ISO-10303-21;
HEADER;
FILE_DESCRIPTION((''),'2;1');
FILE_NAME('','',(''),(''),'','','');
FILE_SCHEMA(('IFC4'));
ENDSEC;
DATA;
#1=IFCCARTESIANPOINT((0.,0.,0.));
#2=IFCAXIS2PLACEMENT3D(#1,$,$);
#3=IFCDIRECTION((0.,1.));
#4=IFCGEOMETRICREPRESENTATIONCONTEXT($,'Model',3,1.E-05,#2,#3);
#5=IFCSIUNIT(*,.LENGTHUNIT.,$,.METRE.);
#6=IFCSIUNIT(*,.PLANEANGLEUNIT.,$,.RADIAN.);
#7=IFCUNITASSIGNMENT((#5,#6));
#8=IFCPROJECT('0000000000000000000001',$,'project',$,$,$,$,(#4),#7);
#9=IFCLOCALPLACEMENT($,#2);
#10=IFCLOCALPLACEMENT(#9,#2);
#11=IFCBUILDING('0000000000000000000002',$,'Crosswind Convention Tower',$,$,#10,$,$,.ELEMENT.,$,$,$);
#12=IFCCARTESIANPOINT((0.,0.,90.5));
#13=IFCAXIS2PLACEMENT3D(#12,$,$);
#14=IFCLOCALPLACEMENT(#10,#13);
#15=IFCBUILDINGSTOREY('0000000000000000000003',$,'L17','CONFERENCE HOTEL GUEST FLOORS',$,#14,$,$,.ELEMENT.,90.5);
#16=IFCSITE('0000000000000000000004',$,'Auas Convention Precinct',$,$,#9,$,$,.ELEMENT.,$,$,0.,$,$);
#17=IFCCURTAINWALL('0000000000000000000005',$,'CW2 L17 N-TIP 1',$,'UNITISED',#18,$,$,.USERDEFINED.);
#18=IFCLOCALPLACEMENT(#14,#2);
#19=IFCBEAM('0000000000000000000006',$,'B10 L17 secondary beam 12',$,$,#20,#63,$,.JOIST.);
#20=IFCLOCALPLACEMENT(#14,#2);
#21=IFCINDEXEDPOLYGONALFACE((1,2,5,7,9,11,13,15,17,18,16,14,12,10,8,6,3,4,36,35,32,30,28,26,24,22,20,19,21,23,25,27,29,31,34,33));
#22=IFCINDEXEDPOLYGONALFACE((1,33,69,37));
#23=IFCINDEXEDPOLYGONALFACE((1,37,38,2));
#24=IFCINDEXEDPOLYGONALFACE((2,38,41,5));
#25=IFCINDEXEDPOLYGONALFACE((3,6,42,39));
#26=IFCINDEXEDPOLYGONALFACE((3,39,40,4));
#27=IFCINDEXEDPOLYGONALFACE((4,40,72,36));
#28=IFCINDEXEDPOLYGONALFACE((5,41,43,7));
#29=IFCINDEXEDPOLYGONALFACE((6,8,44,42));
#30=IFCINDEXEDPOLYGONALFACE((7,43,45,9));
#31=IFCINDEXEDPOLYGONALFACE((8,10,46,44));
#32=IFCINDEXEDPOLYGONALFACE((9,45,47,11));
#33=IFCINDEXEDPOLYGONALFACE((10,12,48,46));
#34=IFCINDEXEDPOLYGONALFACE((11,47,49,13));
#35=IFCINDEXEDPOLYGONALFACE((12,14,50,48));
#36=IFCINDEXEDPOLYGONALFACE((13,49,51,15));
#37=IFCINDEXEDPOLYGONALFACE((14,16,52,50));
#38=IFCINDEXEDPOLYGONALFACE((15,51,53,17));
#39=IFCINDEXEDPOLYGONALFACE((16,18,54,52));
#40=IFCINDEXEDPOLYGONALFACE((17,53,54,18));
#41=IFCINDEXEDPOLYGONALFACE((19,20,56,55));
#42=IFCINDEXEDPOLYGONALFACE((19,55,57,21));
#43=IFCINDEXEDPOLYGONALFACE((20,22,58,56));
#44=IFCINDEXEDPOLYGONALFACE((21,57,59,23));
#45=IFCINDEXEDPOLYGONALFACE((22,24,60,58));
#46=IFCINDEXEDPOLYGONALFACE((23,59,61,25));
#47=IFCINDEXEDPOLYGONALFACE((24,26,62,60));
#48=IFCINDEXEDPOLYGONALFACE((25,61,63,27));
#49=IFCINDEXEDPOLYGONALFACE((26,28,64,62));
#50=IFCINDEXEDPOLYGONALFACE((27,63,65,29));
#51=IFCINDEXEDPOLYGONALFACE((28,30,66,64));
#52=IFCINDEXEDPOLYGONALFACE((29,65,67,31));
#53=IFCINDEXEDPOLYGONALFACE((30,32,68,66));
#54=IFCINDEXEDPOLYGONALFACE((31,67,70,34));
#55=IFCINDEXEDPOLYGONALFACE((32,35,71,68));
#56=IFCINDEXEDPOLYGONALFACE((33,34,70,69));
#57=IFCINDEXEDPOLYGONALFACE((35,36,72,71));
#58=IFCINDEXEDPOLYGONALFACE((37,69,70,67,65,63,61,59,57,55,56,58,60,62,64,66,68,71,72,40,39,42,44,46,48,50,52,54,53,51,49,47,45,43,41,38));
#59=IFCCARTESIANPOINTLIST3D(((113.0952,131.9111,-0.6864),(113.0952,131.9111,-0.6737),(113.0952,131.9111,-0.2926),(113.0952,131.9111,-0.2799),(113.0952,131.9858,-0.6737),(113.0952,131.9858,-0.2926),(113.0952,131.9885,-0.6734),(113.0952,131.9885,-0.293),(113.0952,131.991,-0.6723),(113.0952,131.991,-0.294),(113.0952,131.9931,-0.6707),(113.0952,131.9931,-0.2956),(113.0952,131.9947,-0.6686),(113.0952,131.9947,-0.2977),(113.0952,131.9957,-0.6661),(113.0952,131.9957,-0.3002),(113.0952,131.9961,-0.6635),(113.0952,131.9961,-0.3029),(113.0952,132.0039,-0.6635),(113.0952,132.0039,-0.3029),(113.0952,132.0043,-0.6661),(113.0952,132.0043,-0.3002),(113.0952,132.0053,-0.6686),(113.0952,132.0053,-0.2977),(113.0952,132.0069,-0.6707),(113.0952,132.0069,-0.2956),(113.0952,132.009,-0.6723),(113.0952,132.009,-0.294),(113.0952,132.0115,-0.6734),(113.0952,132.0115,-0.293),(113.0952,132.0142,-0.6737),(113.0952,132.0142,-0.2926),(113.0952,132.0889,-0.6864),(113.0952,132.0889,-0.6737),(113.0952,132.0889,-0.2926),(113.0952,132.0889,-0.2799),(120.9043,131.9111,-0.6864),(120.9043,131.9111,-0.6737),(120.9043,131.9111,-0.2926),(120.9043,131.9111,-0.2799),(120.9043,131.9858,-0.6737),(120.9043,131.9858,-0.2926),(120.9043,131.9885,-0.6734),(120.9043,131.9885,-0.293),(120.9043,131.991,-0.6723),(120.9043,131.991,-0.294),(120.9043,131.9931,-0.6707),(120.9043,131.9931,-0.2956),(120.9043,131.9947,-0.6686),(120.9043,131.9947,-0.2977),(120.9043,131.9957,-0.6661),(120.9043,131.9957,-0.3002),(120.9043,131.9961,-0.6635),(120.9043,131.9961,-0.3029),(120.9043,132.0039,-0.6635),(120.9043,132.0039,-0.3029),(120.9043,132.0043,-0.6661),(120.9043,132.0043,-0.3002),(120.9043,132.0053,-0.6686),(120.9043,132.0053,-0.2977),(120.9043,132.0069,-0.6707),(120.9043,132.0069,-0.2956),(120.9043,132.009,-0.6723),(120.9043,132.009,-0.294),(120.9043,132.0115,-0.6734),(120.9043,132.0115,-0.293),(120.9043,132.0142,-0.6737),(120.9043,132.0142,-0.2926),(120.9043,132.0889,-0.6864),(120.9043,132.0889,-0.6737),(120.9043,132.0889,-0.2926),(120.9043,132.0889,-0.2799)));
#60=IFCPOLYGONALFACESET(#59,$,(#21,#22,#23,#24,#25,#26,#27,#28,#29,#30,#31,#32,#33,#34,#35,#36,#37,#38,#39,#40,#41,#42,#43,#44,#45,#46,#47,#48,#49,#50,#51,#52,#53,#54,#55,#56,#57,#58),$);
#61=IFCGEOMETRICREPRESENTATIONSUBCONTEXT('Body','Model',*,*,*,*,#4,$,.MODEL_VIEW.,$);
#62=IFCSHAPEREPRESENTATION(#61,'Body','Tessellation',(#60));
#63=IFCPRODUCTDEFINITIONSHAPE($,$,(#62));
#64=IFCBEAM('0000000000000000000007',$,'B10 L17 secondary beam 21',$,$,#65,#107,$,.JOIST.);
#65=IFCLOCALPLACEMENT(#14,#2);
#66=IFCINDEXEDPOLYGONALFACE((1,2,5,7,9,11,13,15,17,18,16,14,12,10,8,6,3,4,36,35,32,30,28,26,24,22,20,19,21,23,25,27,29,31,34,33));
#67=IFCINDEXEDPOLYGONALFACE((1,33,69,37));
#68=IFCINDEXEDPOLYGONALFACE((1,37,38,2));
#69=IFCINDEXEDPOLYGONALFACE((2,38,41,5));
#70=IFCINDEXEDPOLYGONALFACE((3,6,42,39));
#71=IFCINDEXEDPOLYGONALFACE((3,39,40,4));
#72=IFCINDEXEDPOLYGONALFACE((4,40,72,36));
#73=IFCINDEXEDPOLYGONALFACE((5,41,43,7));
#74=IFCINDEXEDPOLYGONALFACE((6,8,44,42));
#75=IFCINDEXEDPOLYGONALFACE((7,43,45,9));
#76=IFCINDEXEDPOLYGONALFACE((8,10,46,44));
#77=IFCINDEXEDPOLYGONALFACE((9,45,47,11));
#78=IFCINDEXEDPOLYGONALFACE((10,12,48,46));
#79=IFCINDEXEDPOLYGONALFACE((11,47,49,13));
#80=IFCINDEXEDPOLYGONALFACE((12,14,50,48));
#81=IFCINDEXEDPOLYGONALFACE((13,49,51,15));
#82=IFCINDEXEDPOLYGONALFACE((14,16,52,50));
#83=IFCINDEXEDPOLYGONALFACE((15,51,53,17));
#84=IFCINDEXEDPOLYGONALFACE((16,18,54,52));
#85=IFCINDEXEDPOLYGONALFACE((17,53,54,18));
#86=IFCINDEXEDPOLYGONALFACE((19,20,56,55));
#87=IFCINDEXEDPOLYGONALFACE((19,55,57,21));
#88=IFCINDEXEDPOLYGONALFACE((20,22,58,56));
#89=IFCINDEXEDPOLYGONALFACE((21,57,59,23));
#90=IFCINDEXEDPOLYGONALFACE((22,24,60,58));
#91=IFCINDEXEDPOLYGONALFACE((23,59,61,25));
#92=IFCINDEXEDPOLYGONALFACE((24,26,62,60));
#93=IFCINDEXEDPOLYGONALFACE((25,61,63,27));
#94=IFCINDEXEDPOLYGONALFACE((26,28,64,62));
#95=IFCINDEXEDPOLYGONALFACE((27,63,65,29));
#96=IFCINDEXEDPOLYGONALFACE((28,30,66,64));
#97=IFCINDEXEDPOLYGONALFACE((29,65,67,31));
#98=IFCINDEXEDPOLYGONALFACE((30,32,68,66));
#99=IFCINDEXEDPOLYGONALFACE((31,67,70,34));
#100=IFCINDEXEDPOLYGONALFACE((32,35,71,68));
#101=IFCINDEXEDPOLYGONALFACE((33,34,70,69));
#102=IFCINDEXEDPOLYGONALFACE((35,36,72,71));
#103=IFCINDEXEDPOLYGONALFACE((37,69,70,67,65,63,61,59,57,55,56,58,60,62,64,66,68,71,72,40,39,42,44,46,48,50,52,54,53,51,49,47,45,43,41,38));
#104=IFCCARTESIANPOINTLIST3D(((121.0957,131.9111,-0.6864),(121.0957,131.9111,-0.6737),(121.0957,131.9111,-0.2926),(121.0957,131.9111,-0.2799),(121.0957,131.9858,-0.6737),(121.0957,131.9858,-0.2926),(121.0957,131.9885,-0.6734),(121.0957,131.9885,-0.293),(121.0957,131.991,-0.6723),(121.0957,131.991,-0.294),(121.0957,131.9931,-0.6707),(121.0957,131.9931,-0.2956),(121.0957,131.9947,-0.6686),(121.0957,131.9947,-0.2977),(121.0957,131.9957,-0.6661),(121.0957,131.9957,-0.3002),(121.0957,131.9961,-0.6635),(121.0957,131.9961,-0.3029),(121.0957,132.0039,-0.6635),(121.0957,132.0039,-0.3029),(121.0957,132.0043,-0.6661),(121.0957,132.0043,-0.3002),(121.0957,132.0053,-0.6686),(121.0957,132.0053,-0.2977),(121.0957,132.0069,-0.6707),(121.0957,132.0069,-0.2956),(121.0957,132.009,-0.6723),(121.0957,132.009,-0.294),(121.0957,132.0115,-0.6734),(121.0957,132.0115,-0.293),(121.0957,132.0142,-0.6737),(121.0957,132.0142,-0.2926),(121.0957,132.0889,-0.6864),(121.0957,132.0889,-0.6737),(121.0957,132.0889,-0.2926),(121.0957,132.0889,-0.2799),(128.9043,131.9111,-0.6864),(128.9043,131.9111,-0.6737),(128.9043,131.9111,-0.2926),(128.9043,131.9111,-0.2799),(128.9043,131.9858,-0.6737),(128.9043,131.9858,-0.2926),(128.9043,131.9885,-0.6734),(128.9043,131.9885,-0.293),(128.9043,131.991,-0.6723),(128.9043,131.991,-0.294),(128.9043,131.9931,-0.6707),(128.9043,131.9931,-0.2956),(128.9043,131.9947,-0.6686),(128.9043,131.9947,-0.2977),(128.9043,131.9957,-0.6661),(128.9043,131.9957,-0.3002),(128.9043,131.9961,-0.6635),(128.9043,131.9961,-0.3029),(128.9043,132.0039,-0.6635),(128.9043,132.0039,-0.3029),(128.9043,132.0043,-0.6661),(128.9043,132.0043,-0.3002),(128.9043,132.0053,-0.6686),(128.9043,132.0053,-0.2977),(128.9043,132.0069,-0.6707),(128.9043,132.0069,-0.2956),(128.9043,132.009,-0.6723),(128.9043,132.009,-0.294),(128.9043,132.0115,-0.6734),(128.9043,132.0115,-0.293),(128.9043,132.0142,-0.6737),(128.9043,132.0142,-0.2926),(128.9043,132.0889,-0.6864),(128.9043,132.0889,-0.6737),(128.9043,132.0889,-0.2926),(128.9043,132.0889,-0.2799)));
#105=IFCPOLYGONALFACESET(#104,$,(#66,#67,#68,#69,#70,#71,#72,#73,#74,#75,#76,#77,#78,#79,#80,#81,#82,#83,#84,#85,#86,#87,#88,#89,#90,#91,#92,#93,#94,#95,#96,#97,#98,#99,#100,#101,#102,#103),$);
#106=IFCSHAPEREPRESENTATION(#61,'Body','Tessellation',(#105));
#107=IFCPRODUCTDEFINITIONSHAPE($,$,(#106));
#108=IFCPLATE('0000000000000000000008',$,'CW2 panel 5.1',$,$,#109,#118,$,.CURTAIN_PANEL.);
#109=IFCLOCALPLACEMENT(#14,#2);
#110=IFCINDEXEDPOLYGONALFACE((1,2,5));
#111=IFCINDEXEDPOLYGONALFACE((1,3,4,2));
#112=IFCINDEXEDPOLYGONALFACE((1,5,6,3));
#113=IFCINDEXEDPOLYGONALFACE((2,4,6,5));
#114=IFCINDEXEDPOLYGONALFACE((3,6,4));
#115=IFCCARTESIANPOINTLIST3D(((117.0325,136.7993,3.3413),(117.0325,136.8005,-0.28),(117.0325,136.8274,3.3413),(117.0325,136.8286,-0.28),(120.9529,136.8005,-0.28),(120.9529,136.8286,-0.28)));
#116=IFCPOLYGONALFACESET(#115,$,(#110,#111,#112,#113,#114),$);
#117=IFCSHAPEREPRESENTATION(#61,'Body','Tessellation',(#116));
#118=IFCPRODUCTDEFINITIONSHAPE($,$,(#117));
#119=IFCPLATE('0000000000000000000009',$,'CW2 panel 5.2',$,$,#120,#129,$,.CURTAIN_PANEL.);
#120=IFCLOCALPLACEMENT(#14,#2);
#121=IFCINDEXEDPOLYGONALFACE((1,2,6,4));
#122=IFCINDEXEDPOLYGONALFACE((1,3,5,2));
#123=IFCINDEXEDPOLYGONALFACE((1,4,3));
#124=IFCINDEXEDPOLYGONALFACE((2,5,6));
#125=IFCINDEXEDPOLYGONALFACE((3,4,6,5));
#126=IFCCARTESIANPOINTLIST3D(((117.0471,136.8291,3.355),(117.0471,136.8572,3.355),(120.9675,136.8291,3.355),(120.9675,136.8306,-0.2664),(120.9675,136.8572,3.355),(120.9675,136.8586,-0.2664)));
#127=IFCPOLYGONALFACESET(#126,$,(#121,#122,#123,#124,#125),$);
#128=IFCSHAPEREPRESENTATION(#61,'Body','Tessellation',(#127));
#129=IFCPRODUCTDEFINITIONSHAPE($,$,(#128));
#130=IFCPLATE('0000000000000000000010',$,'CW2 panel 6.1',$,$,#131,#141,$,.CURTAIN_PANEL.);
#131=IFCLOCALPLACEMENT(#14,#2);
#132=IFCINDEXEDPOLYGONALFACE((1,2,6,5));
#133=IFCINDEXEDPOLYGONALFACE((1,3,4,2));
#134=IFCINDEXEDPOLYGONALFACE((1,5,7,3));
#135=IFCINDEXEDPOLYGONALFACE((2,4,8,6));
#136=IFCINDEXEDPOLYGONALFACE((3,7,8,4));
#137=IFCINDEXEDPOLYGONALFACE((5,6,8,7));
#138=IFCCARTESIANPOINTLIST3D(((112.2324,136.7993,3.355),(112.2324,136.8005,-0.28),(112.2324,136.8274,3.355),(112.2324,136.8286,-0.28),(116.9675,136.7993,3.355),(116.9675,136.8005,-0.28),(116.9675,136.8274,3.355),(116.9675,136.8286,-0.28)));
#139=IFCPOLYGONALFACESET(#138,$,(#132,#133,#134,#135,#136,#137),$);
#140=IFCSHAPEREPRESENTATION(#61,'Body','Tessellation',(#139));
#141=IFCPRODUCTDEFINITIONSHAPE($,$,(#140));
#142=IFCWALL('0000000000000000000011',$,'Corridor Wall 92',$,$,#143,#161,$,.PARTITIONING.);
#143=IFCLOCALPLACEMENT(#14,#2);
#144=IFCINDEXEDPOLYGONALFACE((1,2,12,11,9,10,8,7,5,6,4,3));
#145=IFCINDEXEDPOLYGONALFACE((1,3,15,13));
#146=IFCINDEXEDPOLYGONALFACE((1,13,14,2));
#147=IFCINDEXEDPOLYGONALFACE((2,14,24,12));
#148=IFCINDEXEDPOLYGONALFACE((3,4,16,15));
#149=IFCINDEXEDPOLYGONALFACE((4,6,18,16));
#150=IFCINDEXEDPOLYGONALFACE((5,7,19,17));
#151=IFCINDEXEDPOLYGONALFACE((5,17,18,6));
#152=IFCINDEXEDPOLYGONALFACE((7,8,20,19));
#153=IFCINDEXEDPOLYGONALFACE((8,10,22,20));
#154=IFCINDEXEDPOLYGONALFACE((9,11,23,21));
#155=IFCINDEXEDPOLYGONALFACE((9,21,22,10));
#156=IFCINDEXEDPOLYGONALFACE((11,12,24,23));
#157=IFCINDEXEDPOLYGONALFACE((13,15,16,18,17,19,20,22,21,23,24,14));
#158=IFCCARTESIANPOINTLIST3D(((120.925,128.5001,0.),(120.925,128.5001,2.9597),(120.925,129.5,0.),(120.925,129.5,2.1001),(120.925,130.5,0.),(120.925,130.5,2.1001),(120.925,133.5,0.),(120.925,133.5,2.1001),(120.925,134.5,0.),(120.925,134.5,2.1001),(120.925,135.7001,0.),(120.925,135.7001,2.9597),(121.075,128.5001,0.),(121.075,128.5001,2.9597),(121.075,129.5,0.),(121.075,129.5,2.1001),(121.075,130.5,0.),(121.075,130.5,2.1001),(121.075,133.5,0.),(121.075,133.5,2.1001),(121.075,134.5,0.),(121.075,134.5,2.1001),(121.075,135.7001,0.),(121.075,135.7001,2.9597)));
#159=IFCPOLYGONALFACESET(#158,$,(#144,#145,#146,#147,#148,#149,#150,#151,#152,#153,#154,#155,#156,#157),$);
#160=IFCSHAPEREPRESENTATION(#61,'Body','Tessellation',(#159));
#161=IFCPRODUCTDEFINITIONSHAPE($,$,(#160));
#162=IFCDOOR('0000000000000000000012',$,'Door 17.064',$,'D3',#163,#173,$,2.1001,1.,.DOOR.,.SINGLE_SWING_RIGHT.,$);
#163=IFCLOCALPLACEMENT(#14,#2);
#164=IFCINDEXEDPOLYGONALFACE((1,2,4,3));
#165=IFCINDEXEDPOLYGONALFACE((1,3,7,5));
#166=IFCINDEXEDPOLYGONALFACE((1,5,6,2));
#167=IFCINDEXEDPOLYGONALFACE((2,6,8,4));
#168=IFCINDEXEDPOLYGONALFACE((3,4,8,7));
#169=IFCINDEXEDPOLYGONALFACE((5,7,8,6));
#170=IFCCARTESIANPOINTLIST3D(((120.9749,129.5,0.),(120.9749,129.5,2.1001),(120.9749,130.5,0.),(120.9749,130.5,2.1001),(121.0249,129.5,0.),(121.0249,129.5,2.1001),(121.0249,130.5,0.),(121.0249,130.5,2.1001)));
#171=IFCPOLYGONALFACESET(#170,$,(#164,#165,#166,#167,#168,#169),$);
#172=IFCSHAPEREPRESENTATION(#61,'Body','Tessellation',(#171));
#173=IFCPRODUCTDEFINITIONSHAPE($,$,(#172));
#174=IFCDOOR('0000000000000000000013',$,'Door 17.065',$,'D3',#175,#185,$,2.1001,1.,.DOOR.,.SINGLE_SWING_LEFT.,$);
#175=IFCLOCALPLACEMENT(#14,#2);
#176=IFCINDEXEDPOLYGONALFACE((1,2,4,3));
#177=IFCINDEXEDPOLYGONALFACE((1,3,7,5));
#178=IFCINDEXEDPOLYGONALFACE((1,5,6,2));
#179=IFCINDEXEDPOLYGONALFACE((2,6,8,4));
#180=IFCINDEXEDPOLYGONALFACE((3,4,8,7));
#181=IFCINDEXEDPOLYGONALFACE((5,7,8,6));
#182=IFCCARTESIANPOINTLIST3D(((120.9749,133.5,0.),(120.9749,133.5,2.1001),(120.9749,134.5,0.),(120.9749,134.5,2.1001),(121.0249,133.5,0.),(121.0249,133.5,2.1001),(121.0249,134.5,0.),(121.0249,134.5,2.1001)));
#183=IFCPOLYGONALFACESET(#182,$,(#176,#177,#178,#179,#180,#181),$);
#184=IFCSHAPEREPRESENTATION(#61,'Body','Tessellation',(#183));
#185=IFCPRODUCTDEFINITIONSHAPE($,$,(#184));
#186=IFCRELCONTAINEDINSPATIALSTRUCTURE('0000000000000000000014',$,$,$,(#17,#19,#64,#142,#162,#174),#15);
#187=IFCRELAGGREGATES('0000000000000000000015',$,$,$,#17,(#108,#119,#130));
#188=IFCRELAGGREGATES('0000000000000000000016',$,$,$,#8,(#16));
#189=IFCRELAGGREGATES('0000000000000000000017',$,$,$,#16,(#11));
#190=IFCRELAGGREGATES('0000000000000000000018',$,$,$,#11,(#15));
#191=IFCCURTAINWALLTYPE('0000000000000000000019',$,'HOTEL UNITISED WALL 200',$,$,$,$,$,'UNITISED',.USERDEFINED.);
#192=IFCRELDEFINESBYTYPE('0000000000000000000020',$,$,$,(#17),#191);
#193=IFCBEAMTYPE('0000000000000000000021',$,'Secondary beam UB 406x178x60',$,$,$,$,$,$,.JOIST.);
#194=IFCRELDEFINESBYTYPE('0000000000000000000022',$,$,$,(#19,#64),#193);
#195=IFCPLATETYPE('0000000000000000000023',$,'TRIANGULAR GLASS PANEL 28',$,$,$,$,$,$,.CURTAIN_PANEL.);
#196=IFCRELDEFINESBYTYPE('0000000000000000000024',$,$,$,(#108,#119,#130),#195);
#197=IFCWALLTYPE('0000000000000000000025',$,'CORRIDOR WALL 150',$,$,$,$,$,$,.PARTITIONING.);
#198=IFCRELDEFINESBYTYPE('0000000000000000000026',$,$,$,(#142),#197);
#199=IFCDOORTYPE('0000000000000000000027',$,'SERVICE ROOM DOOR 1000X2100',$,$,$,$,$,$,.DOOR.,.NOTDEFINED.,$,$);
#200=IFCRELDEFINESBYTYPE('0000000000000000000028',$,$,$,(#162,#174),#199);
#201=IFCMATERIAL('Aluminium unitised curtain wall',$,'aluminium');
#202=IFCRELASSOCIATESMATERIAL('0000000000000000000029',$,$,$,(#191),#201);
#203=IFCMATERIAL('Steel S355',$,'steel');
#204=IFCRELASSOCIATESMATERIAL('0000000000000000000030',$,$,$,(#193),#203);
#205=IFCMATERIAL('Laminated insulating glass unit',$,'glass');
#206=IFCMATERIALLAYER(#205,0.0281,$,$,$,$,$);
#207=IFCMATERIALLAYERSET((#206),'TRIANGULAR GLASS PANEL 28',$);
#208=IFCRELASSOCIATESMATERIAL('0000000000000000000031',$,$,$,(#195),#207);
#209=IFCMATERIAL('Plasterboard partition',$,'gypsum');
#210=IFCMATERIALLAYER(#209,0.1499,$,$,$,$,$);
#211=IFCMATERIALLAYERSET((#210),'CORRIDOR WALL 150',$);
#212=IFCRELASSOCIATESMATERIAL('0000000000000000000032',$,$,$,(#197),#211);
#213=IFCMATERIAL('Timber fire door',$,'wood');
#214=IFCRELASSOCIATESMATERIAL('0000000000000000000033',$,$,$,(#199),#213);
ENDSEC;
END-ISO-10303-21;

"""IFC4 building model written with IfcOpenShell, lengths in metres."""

from ifc_helpers import new_model, si_unit, direction, frame, frame_2d, origin, origin_2d, place, context, subcontext, project, spatial, polyline, rectangle, i_section, outline, extrude, material, layer, layer_set, material_profile, profile_set, type_object, element, fill, aggregate, save


model = new_model("IFC4")

# Units and contexts
model_context = context("Model", 3, precision=1e-05, world=origin(), true_north=direction((0.0, 1.0)))
body_context = subcontext(model_context, "Body", "Model", "MODEL_VIEW")
ifc_project = project(units=[si_unit("LENGTHUNIT", "METRE"), si_unit("PLANEANGLEUNIT", "RADIAN")], contexts=[model_context])

# Site, building, storey
site_placement = place(None, origin())
site = spatial("IfcSite", under=ifc_project, at=site_placement, Name="Auas Convention Precinct", CompositionType="ELEMENT", RefElevation=0.0)
building_placement = place(site_placement, origin())
building = spatial("IfcBuilding", under=site, at=building_placement, Name="Crosswind Convention Tower", CompositionType="ELEMENT")
storey_placement = place(building_placement, frame((0.0, 0.0, 90.5)))
storey = spatial("IfcBuildingStorey", under=building, at=storey_placement, Name="L17", Description="CONFERENCE HOTEL GUEST FLOORS", CompositionType="ELEMENT", Elevation=90.5)

# Shared definitions
ifc_material_1 = material(Name="Steel S355", Category="steel")

# Curtain wall
ifc_material_2 = material(Name="Aluminium unitised curtain wall", Category="aluminium")
curtain_wall_type = type_object("IfcCurtainWallType", Name="HOTEL UNITISED WALL 200", ElementType="UNITISED", PredefinedType="USERDEFINED", material=ifc_material_2)
curtain_wall_placement = place(storey_placement, origin())
curtain_wall = element("IfcCurtainWall", 1, at=curtain_wall_placement, inside=storey, type_object=curtain_wall_type, Name="CW2 L17 N-TIP 1", ObjectType="UNITISED", PredefinedType="USERDEFINED")

# Beams
ifc_material_profile_1 = material_profile(ifc_material_1, i_section(OverallWidth=0.1777, OverallDepth=0.4065, WebThickness=0.0078, FlangeThickness=0.0127, FilletRadius=0.0103, at=origin_2d()), Name="UB 406x178x60")
ifc_profile_set_1 = profile_set([ifc_material_profile_1], Name="Steel S355")
beam_type_1 = type_object("IfcBeamType", Name="Secondary beam UB 406x178x60", PredefinedType="JOIST", material=ifc_profile_set_1)
beam_1_placement = place(storey_placement, frame((113.0952, 132.0, -0.4832), z_axis=(1.0, 0.0, 0.0), x_axis=(0.0, 1.0, 0.0)))
element("IfcBeam", 2, at=beam_1_placement, inside=storey, type_object=beam_type_1, Name="B10 L17 secondary beam 12", PredefinedType="JOIST", context=body_context, shape_type="SweptSolid", body=[
    extrude(i_section(OverallWidth=0.1777, OverallDepth=0.4065, WebThickness=0.0078, FlangeThickness=0.0127, FilletRadius=0.0103, at=origin_2d()), origin(), (0.0, 0.0, 1.0), 7.8091),
])
beam_2_placement = place(storey_placement, frame((121.0957, 132.0, -0.4832), z_axis=(1.0, 0.0, 0.0), x_axis=(0.0, 1.0, 0.0)))
element("IfcBeam", 3, at=beam_2_placement, inside=storey, type_object=beam_type_1, Name="B10 L17 secondary beam 21", PredefinedType="JOIST", context=body_context, shape_type="SweptSolid", body=[
    extrude(i_section(OverallWidth=0.1777, OverallDepth=0.4065, WebThickness=0.0078, FlangeThickness=0.0127, FilletRadius=0.0103, at=origin_2d()), origin(), (0.0, 0.0, 1.0), 7.8086),
])

# Plates
ifc_material_3 = material(Name="Laminated insulating glass unit", Category="glass")
ifc_layer_1 = layer(ifc_material_3, 0.0281)
ifc_layer_set_1 = layer_set([ifc_layer_1], Name="TRIANGULAR GLASS PANEL 28")
plate_type = type_object("IfcPlateType", Name="TRIANGULAR GLASS PANEL 28", PredefinedType="CURTAIN_PANEL", material=ifc_layer_set_1)
plate_1_placement = place(storey_placement, frame((117.0325, 136.8286, -0.28), z_axis=(0.0, 1.0, 0.000337), x_axis=(0.0, -0.000337, 1.0)))
plate_1 = element("IfcPlate", 4, at=plate_1_placement, type_object=plate_type, Name="CW2 panel 5.1", PredefinedType="CURTAIN_PANEL", context=body_context, shape_type="SweptSolid", body=[
    extrude(outline(polyline([(0.0, 0.0), (3.6213, 0.0), (0.0, 3.9204), (0.0, 0.0)])), origin(), (0.0, 0.0, -1.0), 0.0281),
])
plate_2_placement = place(storey_placement, frame((120.9675, 136.8572, 3.355), z_axis=(0.0, 1.0, 0.000405), x_axis=(0.0, 0.000405, -1.0)))
plate_2 = element("IfcPlate", 5, at=plate_2_placement, type_object=plate_type, Name="CW2 panel 5.2", PredefinedType="CURTAIN_PANEL", context=body_context, shape_type="SweptSolid", body=[
    extrude(outline(polyline([(0.0, 0.0), (3.6213, 0.0), (0.0, 3.9204), (0.0, 0.0)])), origin(), (0.0, 0.0, -1.0), 0.0281),
])
plate_3_placement = place(storey_placement, frame((116.9675, 136.8286, -0.28), z_axis=(0.0, 1.0, 0.000336), x_axis=(-1.0, 0.0, 0.0)))
plate_3 = element("IfcPlate", 6, at=plate_3_placement, type_object=plate_type, Name="CW2 panel 6.1", PredefinedType="CURTAIN_PANEL", context=body_context, shape_type="SweptSolid", body=[
    extrude(outline(polyline([(0.0, 0.0), (4.7351, 0.0), (4.7351, 3.635), (0.0, 3.635), (0.0, 0.0)])), origin(), (0.0, 0.0, -1.0), 0.0281),
])
aggregate(curtain_wall, [plate_1, plate_2, plate_3])

# Wall, openings, doors
ifc_material_4 = material(Name="Plasterboard partition", Category="gypsum")
ifc_layer_2 = layer(ifc_material_4, 0.1499)
ifc_layer_set_2 = layer_set([ifc_layer_2], Name="CORRIDOR WALL 150")
wall_type_1 = type_object("IfcWallType", Name="CORRIDOR WALL 150", PredefinedType="PARTITIONING", material=ifc_layer_set_2)
wall_1_placement = place(storey_placement, frame((121.0, 128.5, 0.0), z_axis=(0.0, 0.0, 1.0), x_axis=(0.0, 1.0, 0.0)))
wall_1 = element("IfcWall", 7, at=wall_1_placement, inside=storey, type_object=wall_type_1, Name="Corridor Wall 92", PredefinedType="PARTITIONING", context=body_context, shape_type="SweptSolid", body=[
    extrude(rectangle(XDim=7.2, YDim=0.1499, at=frame_2d((3.6001, 0.0))), origin(), (0.0, 0.0, 1.0), 2.9597),
])
opening_1_placement = place(wall_1_placement, frame((1.0, 0.0, 0.0)))
opening_1 = element("IfcOpeningElement", 8, at=opening_1_placement, cuts=wall_1, PredefinedType="OPENING", context=body_context, shape_type="SweptSolid", body=[
    extrude(rectangle(XDim=1.0, YDim=2.1001, at=frame_2d((0.5, 1.05))), frame((0.0, 0.085, 0.0), z_axis=(0.0, -1.0, 0.0), x_axis=(1.0, 0.0, 0.0)), (0.0, 0.0, 1.0), 0.1699),
])
opening_2_placement = place(wall_1_placement, frame((5.0, 0.0, 0.0)))
opening_2 = element("IfcOpeningElement", 9, at=opening_2_placement, cuts=wall_1, PredefinedType="OPENING", context=body_context, shape_type="SweptSolid", body=[
    extrude(rectangle(XDim=1.0, YDim=2.1001, at=frame_2d((0.5, 1.05))), frame((0.0, 0.085, 0.0), z_axis=(0.0, -1.0, 0.0), x_axis=(1.0, 0.0, 0.0)), (0.0, 0.0, 1.0), 0.1699),
])
ifc_material_5 = material(Name="Timber fire door", Category="wood")
door_type_1 = type_object("IfcDoorType", Name="SERVICE ROOM DOOR 1000X2100", OperationType="NOTDEFINED", PredefinedType="DOOR", material=ifc_material_5)
door_1_placement = place(opening_1_placement, frame((1.0, 0.0, 0.0), z_axis=(0.0, 0.0, 1.0), x_axis=(-1.0, 0.0, 0.0)))
door_1 = element("IfcDoor", 10, at=door_1_placement, inside=storey, type_object=door_type_1, Name="Door 17.064", ObjectType="D3", OperationType="SINGLE_SWING_RIGHT", OverallHeight=2.1001, OverallWidth=1.0, PredefinedType="DOOR", context=body_context, shape_type="SweptSolid", body=[
    extrude(rectangle(XDim=1.0, YDim=2.1001, at=frame_2d((0.5, 1.05))), frame((0.0, 0.0249, 0.0), z_axis=(0.0, -1.0, 0.0), x_axis=(1.0, 0.0, 0.0)), (0.0, 0.0, 1.0), 0.05),
])
fill(opening_1, door_1)
door_2_placement = place(opening_2_placement, frame((1.0, 0.0, 0.0), z_axis=(0.0, 0.0, 1.0), x_axis=(-1.0, 0.0, 0.0)))
door_2 = element("IfcDoor", 11, at=door_2_placement, inside=storey, type_object=door_type_1, Name="Door 17.065", ObjectType="D3", OperationType="SINGLE_SWING_LEFT", OverallHeight=2.1001, OverallWidth=1.0, PredefinedType="DOOR", context=body_context, shape_type="SweptSolid", body=[
    extrude(rectangle(XDim=1.0, YDim=2.1001, at=frame_2d((0.5, 1.05))), frame((0.0, 0.0249, 0.0), z_axis=(0.0, -1.0, 0.0), x_axis=(1.0, 0.0, 0.0)), (0.0, 0.0, 1.0), 0.05),
])
fill(opening_2, door_2)

save(model, "model.ifc")
